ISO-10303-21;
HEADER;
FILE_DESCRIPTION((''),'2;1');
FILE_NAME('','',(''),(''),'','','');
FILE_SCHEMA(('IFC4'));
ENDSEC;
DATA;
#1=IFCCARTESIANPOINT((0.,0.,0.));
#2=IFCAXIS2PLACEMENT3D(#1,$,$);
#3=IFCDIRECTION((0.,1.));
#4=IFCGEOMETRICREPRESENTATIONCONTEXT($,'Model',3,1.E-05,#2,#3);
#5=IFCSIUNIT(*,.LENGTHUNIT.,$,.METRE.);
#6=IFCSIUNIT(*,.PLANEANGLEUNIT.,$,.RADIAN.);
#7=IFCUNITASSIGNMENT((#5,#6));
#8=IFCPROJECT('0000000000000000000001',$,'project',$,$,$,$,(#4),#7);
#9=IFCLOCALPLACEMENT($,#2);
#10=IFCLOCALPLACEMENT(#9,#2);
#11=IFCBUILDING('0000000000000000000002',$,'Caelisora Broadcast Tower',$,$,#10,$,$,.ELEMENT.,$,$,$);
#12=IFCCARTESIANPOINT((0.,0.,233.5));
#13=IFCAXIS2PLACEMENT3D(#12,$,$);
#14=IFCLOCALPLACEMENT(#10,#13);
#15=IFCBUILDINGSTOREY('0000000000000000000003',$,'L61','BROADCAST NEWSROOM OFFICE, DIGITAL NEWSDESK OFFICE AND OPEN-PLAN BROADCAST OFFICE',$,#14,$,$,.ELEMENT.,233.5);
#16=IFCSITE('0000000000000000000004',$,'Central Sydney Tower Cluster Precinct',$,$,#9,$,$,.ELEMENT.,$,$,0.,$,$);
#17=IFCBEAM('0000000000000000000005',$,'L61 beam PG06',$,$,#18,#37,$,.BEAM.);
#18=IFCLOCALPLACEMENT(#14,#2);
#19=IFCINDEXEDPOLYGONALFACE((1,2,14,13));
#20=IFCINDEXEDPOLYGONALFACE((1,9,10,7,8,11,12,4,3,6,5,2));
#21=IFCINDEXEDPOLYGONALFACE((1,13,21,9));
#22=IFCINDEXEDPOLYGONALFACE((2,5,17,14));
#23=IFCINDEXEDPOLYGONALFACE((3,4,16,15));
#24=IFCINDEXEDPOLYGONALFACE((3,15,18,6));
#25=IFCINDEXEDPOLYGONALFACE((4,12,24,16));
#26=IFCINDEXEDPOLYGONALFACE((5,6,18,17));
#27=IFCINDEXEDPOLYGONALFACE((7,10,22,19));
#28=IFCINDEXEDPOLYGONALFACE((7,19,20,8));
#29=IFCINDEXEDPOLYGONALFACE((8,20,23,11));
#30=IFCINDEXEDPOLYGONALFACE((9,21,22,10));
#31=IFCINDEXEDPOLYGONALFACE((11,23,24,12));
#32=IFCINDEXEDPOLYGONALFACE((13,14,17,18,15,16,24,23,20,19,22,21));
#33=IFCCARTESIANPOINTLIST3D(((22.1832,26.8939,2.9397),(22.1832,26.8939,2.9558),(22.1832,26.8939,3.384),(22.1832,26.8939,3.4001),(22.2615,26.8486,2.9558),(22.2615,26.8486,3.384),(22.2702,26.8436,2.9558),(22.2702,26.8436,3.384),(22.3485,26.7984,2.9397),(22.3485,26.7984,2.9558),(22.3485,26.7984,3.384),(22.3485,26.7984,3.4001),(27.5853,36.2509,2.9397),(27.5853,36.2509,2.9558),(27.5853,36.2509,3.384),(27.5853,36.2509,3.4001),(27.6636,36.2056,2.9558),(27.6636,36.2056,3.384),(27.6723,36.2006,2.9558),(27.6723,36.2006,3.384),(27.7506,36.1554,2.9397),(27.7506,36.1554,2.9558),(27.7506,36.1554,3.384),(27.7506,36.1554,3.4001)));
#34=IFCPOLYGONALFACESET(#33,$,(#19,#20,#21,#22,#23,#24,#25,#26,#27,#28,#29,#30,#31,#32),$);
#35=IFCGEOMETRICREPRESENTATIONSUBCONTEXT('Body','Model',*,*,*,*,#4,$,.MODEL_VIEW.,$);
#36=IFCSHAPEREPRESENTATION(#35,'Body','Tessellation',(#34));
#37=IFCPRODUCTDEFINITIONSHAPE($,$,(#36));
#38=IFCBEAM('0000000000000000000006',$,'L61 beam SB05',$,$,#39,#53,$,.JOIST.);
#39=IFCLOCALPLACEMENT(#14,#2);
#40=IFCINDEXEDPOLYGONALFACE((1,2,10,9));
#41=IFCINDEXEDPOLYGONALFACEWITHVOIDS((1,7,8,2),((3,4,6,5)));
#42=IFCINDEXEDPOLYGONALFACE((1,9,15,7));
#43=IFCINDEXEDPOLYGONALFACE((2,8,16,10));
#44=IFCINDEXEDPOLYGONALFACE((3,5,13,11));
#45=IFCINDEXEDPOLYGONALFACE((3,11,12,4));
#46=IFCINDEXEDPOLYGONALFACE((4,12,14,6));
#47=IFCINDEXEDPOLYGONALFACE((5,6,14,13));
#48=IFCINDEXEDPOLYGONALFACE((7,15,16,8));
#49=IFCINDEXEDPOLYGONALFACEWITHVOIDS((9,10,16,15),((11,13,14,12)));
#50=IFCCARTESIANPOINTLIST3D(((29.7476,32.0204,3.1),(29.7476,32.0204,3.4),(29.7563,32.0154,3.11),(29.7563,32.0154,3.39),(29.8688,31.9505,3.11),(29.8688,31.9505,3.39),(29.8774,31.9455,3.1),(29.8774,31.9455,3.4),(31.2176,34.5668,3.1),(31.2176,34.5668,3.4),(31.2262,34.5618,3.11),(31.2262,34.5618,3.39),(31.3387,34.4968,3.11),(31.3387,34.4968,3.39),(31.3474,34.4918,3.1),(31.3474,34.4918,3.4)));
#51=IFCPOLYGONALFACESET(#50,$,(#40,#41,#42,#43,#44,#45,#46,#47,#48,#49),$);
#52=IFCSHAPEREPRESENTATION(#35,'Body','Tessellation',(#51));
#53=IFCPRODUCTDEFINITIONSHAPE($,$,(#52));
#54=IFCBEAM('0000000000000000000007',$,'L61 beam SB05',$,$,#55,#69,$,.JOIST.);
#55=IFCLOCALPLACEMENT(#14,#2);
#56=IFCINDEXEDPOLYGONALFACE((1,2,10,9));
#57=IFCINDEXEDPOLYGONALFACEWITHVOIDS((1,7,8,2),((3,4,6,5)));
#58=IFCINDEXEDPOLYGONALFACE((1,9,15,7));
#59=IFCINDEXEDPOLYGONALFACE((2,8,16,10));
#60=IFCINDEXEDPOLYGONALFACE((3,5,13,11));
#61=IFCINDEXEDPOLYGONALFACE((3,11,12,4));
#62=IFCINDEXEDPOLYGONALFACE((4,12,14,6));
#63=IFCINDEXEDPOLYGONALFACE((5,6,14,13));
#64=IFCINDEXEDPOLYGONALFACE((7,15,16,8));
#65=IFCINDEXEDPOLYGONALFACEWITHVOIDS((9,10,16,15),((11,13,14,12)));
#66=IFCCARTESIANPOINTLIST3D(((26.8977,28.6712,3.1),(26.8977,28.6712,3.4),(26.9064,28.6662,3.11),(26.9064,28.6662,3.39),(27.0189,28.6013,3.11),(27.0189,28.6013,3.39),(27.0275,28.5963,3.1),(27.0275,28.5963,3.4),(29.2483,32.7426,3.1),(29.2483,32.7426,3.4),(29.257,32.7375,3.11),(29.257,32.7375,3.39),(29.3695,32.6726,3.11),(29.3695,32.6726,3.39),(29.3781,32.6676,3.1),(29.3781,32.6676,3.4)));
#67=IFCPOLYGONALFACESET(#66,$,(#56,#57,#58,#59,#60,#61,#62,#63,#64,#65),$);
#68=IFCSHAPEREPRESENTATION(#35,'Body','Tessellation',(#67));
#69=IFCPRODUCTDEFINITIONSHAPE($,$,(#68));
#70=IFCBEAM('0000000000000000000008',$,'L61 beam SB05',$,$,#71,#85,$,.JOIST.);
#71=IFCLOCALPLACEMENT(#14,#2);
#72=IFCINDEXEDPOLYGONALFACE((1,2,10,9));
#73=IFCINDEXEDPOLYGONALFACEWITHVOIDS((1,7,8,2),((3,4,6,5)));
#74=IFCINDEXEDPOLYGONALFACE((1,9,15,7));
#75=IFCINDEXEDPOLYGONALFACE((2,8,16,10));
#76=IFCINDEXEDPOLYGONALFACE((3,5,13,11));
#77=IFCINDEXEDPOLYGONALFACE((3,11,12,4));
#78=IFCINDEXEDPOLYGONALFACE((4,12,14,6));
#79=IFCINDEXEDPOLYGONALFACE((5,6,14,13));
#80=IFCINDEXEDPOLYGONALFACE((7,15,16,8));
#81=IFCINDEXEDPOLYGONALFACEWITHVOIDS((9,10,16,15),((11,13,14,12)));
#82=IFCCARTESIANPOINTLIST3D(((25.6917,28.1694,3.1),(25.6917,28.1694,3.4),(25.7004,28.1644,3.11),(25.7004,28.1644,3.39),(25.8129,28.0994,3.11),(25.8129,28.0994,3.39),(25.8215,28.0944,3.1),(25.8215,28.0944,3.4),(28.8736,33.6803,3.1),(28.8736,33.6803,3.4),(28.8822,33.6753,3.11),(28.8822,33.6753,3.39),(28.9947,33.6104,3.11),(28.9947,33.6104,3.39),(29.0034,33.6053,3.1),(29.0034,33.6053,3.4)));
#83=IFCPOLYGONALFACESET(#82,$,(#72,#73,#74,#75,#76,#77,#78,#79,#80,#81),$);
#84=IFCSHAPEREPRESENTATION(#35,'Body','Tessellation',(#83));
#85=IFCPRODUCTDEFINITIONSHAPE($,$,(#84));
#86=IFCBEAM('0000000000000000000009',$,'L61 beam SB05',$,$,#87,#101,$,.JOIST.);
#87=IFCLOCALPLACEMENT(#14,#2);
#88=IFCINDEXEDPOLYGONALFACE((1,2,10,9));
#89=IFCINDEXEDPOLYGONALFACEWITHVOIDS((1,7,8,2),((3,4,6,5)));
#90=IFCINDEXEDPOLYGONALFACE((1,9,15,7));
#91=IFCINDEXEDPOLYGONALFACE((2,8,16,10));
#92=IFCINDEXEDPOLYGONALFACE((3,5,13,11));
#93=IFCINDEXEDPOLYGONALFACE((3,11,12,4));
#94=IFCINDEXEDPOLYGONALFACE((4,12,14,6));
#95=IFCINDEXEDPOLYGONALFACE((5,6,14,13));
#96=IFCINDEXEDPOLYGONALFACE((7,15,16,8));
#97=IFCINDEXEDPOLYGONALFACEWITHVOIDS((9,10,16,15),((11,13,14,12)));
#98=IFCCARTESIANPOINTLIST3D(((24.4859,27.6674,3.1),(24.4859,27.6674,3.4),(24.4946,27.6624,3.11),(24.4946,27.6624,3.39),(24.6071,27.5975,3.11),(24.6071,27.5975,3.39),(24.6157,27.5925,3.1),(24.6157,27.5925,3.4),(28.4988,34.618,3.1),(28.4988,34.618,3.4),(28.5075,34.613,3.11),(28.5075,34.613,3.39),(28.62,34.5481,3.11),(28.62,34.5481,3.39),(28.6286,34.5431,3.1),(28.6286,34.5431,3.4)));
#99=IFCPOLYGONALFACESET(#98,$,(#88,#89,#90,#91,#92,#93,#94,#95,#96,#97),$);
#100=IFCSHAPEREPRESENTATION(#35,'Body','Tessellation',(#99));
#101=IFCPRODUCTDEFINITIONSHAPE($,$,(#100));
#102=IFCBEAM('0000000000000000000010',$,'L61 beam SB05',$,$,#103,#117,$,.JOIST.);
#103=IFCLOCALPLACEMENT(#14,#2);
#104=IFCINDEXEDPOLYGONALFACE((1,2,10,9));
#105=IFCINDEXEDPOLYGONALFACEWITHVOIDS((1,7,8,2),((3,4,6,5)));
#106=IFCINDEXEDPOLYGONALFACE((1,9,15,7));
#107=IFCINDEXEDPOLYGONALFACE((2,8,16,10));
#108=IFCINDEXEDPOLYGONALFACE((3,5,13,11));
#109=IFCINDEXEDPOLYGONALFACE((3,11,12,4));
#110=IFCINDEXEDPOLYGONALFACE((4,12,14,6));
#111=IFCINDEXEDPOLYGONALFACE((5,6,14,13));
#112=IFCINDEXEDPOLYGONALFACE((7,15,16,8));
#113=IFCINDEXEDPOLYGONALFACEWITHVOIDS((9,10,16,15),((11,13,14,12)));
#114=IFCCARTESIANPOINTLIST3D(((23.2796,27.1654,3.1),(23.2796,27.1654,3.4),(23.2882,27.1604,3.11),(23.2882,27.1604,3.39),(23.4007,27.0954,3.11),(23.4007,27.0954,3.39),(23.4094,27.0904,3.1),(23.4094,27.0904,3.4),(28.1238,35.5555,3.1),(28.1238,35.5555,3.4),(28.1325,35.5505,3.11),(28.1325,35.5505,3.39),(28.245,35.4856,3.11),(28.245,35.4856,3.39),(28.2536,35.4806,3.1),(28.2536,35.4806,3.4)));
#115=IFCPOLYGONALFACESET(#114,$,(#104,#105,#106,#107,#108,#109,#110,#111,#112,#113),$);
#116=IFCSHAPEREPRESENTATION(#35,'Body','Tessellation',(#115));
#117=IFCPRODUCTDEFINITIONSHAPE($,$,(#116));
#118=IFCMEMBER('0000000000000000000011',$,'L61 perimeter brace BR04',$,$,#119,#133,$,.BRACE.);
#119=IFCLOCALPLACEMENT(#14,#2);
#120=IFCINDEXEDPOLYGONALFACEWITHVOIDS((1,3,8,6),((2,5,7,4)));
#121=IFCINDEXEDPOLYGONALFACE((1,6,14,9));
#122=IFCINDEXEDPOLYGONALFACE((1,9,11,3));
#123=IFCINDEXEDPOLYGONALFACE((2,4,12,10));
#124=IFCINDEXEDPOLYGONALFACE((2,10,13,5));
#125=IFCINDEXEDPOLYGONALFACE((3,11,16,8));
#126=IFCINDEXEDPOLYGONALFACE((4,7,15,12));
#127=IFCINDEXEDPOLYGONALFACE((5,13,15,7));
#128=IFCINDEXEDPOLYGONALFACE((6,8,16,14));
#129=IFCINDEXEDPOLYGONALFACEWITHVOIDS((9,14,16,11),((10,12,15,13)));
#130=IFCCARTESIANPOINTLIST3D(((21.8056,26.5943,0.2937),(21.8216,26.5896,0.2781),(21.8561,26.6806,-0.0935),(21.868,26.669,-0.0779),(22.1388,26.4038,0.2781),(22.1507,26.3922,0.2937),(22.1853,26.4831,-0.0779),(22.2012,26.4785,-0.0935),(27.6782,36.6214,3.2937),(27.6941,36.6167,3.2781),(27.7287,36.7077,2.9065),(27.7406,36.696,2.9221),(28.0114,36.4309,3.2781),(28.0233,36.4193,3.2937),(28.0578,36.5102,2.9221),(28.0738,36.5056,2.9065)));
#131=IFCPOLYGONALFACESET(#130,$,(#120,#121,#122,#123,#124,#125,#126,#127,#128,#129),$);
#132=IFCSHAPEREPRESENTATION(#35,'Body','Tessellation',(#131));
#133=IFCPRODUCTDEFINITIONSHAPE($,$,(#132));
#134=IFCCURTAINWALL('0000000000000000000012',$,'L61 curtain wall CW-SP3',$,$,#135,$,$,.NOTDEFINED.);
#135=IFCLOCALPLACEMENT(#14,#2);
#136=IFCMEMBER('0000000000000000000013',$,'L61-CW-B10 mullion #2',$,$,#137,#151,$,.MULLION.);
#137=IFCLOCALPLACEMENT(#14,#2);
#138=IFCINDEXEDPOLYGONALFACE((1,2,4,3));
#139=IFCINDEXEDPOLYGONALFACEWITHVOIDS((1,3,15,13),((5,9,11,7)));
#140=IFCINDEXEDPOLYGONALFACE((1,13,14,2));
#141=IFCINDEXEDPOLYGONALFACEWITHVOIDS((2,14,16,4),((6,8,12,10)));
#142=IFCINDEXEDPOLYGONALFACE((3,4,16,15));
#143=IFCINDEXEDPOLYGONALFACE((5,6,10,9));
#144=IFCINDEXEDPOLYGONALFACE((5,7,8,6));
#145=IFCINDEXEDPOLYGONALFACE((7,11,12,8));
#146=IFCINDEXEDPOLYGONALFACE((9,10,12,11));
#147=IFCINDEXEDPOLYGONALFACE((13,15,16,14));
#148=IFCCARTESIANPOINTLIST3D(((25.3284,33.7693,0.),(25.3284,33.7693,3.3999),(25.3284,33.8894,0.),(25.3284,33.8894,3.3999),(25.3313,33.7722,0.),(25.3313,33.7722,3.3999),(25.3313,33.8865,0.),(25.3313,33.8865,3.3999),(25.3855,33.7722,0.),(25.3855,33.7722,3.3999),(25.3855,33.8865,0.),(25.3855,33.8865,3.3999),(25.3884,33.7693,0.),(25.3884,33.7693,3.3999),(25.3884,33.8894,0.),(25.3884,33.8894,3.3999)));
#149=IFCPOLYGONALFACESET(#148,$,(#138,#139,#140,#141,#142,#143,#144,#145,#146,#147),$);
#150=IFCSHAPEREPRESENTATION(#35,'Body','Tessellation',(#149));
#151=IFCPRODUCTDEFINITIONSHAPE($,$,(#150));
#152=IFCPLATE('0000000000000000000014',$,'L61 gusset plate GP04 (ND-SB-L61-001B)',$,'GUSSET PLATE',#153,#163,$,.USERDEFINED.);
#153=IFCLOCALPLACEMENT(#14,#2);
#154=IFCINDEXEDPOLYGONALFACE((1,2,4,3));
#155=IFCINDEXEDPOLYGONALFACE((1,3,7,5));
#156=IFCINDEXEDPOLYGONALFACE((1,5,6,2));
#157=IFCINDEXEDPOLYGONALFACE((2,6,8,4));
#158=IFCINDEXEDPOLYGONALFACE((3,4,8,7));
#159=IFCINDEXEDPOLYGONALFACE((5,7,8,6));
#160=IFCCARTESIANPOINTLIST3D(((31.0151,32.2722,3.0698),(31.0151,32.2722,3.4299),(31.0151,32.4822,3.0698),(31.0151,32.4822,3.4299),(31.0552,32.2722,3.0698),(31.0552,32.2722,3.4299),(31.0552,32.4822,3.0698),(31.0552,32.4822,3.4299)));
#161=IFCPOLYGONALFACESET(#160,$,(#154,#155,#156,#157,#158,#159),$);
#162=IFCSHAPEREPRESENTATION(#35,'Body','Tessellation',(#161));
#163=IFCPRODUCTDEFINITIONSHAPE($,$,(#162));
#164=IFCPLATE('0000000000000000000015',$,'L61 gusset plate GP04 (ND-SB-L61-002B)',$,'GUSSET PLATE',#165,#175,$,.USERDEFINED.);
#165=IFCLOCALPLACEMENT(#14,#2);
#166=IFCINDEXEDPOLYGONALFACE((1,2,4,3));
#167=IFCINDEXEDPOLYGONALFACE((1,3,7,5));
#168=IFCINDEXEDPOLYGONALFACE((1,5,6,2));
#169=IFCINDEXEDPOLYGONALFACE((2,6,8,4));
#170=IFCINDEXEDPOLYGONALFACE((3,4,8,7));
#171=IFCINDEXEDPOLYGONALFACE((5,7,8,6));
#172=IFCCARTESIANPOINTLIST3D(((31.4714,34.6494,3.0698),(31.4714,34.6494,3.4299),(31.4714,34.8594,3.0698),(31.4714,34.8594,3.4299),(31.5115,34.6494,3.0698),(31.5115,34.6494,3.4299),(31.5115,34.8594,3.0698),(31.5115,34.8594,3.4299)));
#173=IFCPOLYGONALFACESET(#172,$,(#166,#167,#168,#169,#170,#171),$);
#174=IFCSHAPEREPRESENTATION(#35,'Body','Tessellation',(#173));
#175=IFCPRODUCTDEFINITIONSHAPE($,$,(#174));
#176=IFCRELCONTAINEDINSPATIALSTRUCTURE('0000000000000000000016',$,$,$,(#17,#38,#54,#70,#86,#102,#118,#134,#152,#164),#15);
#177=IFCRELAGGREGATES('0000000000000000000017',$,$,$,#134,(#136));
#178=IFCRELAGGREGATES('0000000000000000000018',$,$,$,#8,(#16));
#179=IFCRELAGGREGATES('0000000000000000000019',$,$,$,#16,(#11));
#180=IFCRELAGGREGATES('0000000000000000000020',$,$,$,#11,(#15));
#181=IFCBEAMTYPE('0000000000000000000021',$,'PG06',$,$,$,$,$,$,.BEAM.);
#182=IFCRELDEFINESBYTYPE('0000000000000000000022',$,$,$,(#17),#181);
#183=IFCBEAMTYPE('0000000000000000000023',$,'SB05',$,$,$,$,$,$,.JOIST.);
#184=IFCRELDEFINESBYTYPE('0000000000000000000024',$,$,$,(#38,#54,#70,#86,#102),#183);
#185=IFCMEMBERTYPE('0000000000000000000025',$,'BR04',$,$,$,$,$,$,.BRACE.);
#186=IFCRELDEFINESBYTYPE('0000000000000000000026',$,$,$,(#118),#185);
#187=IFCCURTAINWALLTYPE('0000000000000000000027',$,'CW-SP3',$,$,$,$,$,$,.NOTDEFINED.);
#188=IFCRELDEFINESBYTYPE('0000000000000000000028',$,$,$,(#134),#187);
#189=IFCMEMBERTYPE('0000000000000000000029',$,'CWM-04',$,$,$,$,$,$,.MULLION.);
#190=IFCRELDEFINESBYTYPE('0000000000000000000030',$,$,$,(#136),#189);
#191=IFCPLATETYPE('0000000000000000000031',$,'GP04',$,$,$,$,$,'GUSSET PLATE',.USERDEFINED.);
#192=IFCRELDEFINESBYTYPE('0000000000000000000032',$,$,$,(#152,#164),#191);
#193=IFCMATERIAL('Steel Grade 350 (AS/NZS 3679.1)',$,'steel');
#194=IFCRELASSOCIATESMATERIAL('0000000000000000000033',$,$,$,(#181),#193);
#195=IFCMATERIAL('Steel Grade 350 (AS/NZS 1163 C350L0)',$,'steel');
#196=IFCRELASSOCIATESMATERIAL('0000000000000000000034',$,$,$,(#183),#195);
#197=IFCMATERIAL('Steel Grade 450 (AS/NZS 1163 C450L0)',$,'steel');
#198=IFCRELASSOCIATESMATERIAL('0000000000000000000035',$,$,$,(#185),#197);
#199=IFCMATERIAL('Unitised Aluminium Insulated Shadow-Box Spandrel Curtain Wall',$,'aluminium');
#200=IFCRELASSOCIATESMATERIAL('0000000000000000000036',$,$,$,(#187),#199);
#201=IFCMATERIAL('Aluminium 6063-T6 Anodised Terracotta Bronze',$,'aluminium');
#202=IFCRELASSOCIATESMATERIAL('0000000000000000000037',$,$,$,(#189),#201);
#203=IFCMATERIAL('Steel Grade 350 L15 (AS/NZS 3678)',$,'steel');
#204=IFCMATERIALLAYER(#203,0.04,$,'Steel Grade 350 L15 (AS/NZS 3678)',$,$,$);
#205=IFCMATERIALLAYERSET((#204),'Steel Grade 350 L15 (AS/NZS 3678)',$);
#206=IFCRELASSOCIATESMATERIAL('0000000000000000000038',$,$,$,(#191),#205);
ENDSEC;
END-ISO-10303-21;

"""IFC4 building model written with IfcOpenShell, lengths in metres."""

from ifc_helpers import new_model, si_unit, direction, frame, origin, origin_2d, place, context, subcontext, project, spatial, rectangle, hollow_rectangle, i_section, extrude, source, transform, mapped, material, layer, layer_set, material_profile, profile_set, type_object, type_shapes, element, aggregate, save


model = new_model("IFC4")

# Units and contexts
model_context = context("Model", 3, precision=1e-05, world=origin(), true_north=direction((0.0, 1.0)))
body_context = subcontext(model_context, "Body", "Model", "MODEL_VIEW")
ifc_project = project(units=[si_unit("LENGTHUNIT", "METRE"), si_unit("PLANEANGLEUNIT", "RADIAN")], contexts=[model_context])

# Site, building, storey
site_placement = place(None, origin())
site = spatial("IfcSite", under=ifc_project, at=site_placement, Name="Central Sydney Tower Cluster Precinct", CompositionType="ELEMENT", RefElevation=0.0)
building_placement = place(site_placement, origin())
building = spatial("IfcBuilding", under=site, at=building_placement, Name="Caelisora Broadcast Tower", CompositionType="ELEMENT")
storey_placement = place(building_placement, frame((0.0, 0.0, 233.5)))
storey = spatial("IfcBuildingStorey", under=building, at=storey_placement, Name="L61", Description="BROADCAST NEWSROOM OFFICE, DIGITAL NEWSDESK OFFICE AND OPEN-PLAN BROADCAST OFFICE", CompositionType="ELEMENT", Elevation=233.5)

# Beams
ifc_material_1 = material(Name="Steel Grade 350 (AS/NZS 3679.1)", Category="steel")
ifc_material_profile_1 = material_profile(ifc_material_1, i_section(OverallWidth=0.1909, OverallDepth=0.4604, WebThickness=0.01, FlangeThickness=0.0161, at=origin_2d()), Name="Steel Grade 350 (AS/NZS 3679.1)")
ifc_profile_set_1 = profile_set([ifc_material_profile_1], Name="Steel Grade 350 (AS/NZS 3679.1)")
beam_type_1 = type_object("IfcBeamType", Name="PG06", PredefinedType="BEAM", material=ifc_profile_set_1)
shared_shape_1 = source(origin(), body_context, "Body", "SweptSolid", [
    extrude(i_section(OverallWidth=0.1909, OverallDepth=0.4604, WebThickness=0.01, FlangeThickness=0.0161, at=origin_2d()), origin(), (0.0, 0.0, 1.0), 10.8044),
])
type_shapes(beam_type_1, [shared_shape_1])
beam_1_placement = place(storey_placement, frame((27.668, 36.2031, 3.1699), z_axis=(-0.499991, -0.866031, 0.0), x_axis=(0.866031, -0.499991, 0.0)))
element("IfcBeam", 1, at=beam_1_placement, inside=storey, type_object=beam_type_1, Name="L61 beam PG06", PredefinedType="BEAM", context=body_context, shape_type="MappedRepresentation", body=[
    mapped(shared_shape_1, transform((0.0, 0.0, 0.0), scale=1.0)),
])
ifc_material_2 = material(Name="Steel Grade 350 (AS/NZS 1163 C350L0)", Category="steel")
ifc_material_profile_2 = material_profile(ifc_material_2, hollow_rectangle(XDim=0.1499, YDim=0.3, WallThickness=0.01, at=origin_2d()), Name="Steel Grade 350 (AS/NZS 1163 C350L0)")
ifc_profile_set_2 = profile_set([ifc_material_profile_2], Name="Steel Grade 350 (AS/NZS 1163 C350L0)")
beam_type_2 = type_object("IfcBeamType", Name="SB05", PredefinedType="JOIST", material=ifc_profile_set_2)
shared_shape_2 = source(origin(), body_context, "Body", "SweptSolid", [
    extrude(hollow_rectangle(XDim=0.1499, YDim=0.3, WallThickness=0.01, at=origin_2d()), origin(), (0.0, 0.0, 1.0), 2.9402),
])
beam_2_placement = place(storey_placement, frame((31.2825, 34.5293, 3.25), z_axis=(-0.499952, -0.866053, 0.0), x_axis=(0.866053, -0.499952, 0.0)))
element("IfcBeam", 2, at=beam_2_placement, inside=storey, type_object=beam_type_2, Name="L61 beam SB05", PredefinedType="JOIST", context=body_context, shape_type="MappedRepresentation", body=[
    mapped(shared_shape_2, transform((0.0, 0.0, 0.0), scale=1.0)),
])
shared_shape_3 = source(origin(), body_context, "Body", "SweptSolid", [
    extrude(hollow_rectangle(XDim=0.1499, YDim=0.3, WallThickness=0.01, at=origin_2d()), origin(), (0.0, 0.0, 1.0), 4.7012),
])
beam_3_placement = place(storey_placement, frame((29.3132, 32.7051, 3.25), z_axis=(-0.500004, -0.866023, 0.0), x_axis=(0.866023, -0.500004, 0.0)))
element("IfcBeam", 3, at=beam_3_placement, inside=storey, type_object=beam_type_2, Name="L61 beam SB05", PredefinedType="JOIST", context=body_context, shape_type="MappedRepresentation", body=[
    mapped(shared_shape_3, transform((0.0, 0.0, 0.0), scale=1.0)),
])
shared_shape_4 = source(origin(), body_context, "Body", "SweptSolid", [
    extrude(hollow_rectangle(XDim=0.1499, YDim=0.3, WallThickness=0.01, at=origin_2d()), origin(), (0.0, 0.0, 1.0), 6.3635),
])
beam_4_placement = place(storey_placement, frame((28.9385, 33.6428, 3.25), z_axis=(-0.500014, -0.866018, 0.0), x_axis=(0.866018, -0.500014, 0.0)))
element("IfcBeam", 4, at=beam_4_placement, inside=storey, type_object=beam_type_2, Name="L61 beam SB05", PredefinedType="JOIST", context=body_context, shape_type="MappedRepresentation", body=[
    mapped(shared_shape_4, transform((0.0, 0.0, 0.0), scale=1.0)),
])
shared_shape_5 = source(origin(), body_context, "Body", "SweptSolid", [
    extrude(hollow_rectangle(XDim=0.1499, YDim=0.3, WallThickness=0.01, at=origin_2d()), origin(), (0.0, 0.0, 1.0), 8.0259),
])
beam_5_placement = place(storey_placement, frame((28.5637, 34.5806, 3.25), z_axis=(-0.499996, -0.866028, 0.0), x_axis=(0.866028, -0.499996, 0.0)))
element("IfcBeam", 5, at=beam_5_placement, inside=storey, type_object=beam_type_2, Name="L61 beam SB05", PredefinedType="JOIST", context=body_context, shape_type="MappedRepresentation", body=[
    mapped(shared_shape_5, transform((0.0, 0.0, 0.0), scale=1.0)),
])
shared_shape_6 = source(origin(), body_context, "Body", "SweptSolid", [
    extrude(hollow_rectangle(XDim=0.1499, YDim=0.3, WallThickness=0.01, at=origin_2d()), origin(), (0.0, 0.0, 1.0), 9.6882),
])
type_shapes(beam_type_2, [shared_shape_2, shared_shape_3, shared_shape_4, shared_shape_5, shared_shape_6])
beam_6_placement = place(storey_placement, frame((28.1887, 35.5181, 3.25), z_axis=(-0.500015, -0.866017, 0.0), x_axis=(0.866017, -0.500015, 0.0)))
element("IfcBeam", 6, at=beam_6_placement, inside=storey, type_object=beam_type_2, Name="L61 beam SB05", PredefinedType="JOIST", context=body_context, shape_type="MappedRepresentation", body=[
    mapped(shared_shape_6, transform((0.0, 0.0, 0.0), scale=1.0)),
])

# Member
ifc_material_3 = material(Name="Steel Grade 450 (AS/NZS 1163 C450L0)", Category="steel")
ifc_material_profile_3 = material_profile(ifc_material_3, hollow_rectangle(XDim=0.3999, YDim=0.3999, WallThickness=0.0161, at=origin_2d()), Name="Steel Grade 450 (AS/NZS 1163 C450L0)")
ifc_profile_set_3 = profile_set([ifc_material_profile_3], Name="Steel Grade 450 (AS/NZS 1163 C450L0)")
member_type_1 = type_object("IfcMemberType", Name="BR04", PredefinedType="BRACE", material=ifc_profile_set_3)
shared_shape_7 = source(origin(), body_context, "Body", "SweptSolid", [
    extrude(hollow_rectangle(XDim=0.3999, YDim=0.3999, WallThickness=0.0161, at=origin_2d()), origin(), (0.0, 0.0, 1.0), 12.0012),
])
type_shapes(member_type_1, [shared_shape_7])
member_1_placement = place(storey_placement, frame((27.876, 36.5635, 3.1001), z_axis=(-0.489329, -0.835506, -0.249974), x_axis=(0.862901, -0.505374, 0.0)))
element("IfcMember", 7, at=member_1_placement, inside=storey, type_object=member_type_1, Name="L61 perimeter brace BR04", PredefinedType="BRACE", context=body_context, shape_type="MappedRepresentation", body=[
    mapped(shared_shape_7, transform((0.0, 0.0, 0.0), scale=1.0)),
])

# Curtain wall, member
ifc_material_4 = material(Name="Unitised Aluminium Insulated Shadow-Box Spandrel Curtain Wall", Category="aluminium")
curtain_wall_type = type_object("IfcCurtainWallType", Name="CW-SP3", PredefinedType="NOTDEFINED", material=ifc_material_4)
curtain_wall_placement = place(storey_placement, origin())
curtain_wall = element("IfcCurtainWall", 8, at=curtain_wall_placement, inside=storey, type_object=curtain_wall_type, Name="L61 curtain wall CW-SP3", PredefinedType="NOTDEFINED")
ifc_material_5 = material(Name="Aluminium 6063-T6 Anodised Terracotta Bronze", Category="aluminium")
ifc_material_profile_4 = material_profile(ifc_material_5, hollow_rectangle(XDim=0.0601, YDim=0.1201, WallThickness=0.0029, at=origin_2d()), Name="Aluminium 6063-T6 Anodised Terracotta Bronze")
ifc_profile_set_4 = profile_set([ifc_material_profile_4], Name="Aluminium 6063-T6 Anodised Terracotta Bronze")
member_type_2 = type_object("IfcMemberType", Name="CWM-04", PredefinedType="MULLION", material=ifc_profile_set_4)
shared_shape_8 = source(origin(), body_context, "Body", "SweptSolid", [
    extrude(hollow_rectangle(XDim=0.0601, YDim=0.1201, WallThickness=0.0029, at=origin_2d()), origin(), (0.0, 0.0, 1.0), 3.3999),
])
type_shapes(member_type_2, [shared_shape_8])
member_2_placement = place(storey_placement, frame((25.3584, 33.8293, 0.0), z_axis=(0.0, 0.0, 1.0), x_axis=(1.0, 0.0, 0.0)))
member_2 = element("IfcMember", 9, at=member_2_placement, type_object=member_type_2, Name="L61-CW-B10 mullion #2", PredefinedType="MULLION", context=body_context, shape_type="MappedRepresentation", body=[
    mapped(shared_shape_8, transform((0.0, 0.0, 0.0), scale=1.0)),
])

# Plates
ifc_material_6 = material(Name="Steel Grade 350 L15 (AS/NZS 3678)", Category="steel")
ifc_layer_1 = layer(ifc_material_6, 0.04, Name="Steel Grade 350 L15 (AS/NZS 3678)")
ifc_layer_set_1 = layer_set([ifc_layer_1], Name="Steel Grade 350 L15 (AS/NZS 3678)")
plate_type_1 = type_object("IfcPlateType", Name="GP04", ElementType="GUSSET PLATE", PredefinedType="USERDEFINED", material=ifc_layer_set_1)
shared_shape_9 = source(origin(), body_context, "Body", "SweptSolid", [
    extrude(rectangle(XDim=0.21, YDim=0.04, at=origin_2d()), origin(), (0.0, 0.0, 1.0), 0.3601),
])
type_shapes(plate_type_1, [shared_shape_9])
for number, where, z_axis, x_axis, name in (
    (10, (31.0352, 32.3772, 3.0698), (0.0, 0.0, 1.0), (0.0, -1.0, 0.0), "L61 gusset plate GP04 (ND-SB-L61-001B)"),
    (11, (31.4915, 34.7544, 3.0698), (0.0, 0.0, 1.0), (0.0, -1.0, 0.0), "L61 gusset plate GP04 (ND-SB-L61-002B)"),
):
    element("IfcPlate", number, at=place(storey_placement, frame(where, z_axis=z_axis, x_axis=x_axis)), inside=storey, type_object=plate_type_1, Name=name, ObjectType="GUSSET PLATE", PredefinedType="USERDEFINED", context=body_context, shape_type="MappedRepresentation", body=[
        mapped(shared_shape_9, transform((0.0, 0.0, 0.0), scale=1.0)),
    ])

aggregate(curtain_wall, [member_2])

save(model, "model.ifc")
